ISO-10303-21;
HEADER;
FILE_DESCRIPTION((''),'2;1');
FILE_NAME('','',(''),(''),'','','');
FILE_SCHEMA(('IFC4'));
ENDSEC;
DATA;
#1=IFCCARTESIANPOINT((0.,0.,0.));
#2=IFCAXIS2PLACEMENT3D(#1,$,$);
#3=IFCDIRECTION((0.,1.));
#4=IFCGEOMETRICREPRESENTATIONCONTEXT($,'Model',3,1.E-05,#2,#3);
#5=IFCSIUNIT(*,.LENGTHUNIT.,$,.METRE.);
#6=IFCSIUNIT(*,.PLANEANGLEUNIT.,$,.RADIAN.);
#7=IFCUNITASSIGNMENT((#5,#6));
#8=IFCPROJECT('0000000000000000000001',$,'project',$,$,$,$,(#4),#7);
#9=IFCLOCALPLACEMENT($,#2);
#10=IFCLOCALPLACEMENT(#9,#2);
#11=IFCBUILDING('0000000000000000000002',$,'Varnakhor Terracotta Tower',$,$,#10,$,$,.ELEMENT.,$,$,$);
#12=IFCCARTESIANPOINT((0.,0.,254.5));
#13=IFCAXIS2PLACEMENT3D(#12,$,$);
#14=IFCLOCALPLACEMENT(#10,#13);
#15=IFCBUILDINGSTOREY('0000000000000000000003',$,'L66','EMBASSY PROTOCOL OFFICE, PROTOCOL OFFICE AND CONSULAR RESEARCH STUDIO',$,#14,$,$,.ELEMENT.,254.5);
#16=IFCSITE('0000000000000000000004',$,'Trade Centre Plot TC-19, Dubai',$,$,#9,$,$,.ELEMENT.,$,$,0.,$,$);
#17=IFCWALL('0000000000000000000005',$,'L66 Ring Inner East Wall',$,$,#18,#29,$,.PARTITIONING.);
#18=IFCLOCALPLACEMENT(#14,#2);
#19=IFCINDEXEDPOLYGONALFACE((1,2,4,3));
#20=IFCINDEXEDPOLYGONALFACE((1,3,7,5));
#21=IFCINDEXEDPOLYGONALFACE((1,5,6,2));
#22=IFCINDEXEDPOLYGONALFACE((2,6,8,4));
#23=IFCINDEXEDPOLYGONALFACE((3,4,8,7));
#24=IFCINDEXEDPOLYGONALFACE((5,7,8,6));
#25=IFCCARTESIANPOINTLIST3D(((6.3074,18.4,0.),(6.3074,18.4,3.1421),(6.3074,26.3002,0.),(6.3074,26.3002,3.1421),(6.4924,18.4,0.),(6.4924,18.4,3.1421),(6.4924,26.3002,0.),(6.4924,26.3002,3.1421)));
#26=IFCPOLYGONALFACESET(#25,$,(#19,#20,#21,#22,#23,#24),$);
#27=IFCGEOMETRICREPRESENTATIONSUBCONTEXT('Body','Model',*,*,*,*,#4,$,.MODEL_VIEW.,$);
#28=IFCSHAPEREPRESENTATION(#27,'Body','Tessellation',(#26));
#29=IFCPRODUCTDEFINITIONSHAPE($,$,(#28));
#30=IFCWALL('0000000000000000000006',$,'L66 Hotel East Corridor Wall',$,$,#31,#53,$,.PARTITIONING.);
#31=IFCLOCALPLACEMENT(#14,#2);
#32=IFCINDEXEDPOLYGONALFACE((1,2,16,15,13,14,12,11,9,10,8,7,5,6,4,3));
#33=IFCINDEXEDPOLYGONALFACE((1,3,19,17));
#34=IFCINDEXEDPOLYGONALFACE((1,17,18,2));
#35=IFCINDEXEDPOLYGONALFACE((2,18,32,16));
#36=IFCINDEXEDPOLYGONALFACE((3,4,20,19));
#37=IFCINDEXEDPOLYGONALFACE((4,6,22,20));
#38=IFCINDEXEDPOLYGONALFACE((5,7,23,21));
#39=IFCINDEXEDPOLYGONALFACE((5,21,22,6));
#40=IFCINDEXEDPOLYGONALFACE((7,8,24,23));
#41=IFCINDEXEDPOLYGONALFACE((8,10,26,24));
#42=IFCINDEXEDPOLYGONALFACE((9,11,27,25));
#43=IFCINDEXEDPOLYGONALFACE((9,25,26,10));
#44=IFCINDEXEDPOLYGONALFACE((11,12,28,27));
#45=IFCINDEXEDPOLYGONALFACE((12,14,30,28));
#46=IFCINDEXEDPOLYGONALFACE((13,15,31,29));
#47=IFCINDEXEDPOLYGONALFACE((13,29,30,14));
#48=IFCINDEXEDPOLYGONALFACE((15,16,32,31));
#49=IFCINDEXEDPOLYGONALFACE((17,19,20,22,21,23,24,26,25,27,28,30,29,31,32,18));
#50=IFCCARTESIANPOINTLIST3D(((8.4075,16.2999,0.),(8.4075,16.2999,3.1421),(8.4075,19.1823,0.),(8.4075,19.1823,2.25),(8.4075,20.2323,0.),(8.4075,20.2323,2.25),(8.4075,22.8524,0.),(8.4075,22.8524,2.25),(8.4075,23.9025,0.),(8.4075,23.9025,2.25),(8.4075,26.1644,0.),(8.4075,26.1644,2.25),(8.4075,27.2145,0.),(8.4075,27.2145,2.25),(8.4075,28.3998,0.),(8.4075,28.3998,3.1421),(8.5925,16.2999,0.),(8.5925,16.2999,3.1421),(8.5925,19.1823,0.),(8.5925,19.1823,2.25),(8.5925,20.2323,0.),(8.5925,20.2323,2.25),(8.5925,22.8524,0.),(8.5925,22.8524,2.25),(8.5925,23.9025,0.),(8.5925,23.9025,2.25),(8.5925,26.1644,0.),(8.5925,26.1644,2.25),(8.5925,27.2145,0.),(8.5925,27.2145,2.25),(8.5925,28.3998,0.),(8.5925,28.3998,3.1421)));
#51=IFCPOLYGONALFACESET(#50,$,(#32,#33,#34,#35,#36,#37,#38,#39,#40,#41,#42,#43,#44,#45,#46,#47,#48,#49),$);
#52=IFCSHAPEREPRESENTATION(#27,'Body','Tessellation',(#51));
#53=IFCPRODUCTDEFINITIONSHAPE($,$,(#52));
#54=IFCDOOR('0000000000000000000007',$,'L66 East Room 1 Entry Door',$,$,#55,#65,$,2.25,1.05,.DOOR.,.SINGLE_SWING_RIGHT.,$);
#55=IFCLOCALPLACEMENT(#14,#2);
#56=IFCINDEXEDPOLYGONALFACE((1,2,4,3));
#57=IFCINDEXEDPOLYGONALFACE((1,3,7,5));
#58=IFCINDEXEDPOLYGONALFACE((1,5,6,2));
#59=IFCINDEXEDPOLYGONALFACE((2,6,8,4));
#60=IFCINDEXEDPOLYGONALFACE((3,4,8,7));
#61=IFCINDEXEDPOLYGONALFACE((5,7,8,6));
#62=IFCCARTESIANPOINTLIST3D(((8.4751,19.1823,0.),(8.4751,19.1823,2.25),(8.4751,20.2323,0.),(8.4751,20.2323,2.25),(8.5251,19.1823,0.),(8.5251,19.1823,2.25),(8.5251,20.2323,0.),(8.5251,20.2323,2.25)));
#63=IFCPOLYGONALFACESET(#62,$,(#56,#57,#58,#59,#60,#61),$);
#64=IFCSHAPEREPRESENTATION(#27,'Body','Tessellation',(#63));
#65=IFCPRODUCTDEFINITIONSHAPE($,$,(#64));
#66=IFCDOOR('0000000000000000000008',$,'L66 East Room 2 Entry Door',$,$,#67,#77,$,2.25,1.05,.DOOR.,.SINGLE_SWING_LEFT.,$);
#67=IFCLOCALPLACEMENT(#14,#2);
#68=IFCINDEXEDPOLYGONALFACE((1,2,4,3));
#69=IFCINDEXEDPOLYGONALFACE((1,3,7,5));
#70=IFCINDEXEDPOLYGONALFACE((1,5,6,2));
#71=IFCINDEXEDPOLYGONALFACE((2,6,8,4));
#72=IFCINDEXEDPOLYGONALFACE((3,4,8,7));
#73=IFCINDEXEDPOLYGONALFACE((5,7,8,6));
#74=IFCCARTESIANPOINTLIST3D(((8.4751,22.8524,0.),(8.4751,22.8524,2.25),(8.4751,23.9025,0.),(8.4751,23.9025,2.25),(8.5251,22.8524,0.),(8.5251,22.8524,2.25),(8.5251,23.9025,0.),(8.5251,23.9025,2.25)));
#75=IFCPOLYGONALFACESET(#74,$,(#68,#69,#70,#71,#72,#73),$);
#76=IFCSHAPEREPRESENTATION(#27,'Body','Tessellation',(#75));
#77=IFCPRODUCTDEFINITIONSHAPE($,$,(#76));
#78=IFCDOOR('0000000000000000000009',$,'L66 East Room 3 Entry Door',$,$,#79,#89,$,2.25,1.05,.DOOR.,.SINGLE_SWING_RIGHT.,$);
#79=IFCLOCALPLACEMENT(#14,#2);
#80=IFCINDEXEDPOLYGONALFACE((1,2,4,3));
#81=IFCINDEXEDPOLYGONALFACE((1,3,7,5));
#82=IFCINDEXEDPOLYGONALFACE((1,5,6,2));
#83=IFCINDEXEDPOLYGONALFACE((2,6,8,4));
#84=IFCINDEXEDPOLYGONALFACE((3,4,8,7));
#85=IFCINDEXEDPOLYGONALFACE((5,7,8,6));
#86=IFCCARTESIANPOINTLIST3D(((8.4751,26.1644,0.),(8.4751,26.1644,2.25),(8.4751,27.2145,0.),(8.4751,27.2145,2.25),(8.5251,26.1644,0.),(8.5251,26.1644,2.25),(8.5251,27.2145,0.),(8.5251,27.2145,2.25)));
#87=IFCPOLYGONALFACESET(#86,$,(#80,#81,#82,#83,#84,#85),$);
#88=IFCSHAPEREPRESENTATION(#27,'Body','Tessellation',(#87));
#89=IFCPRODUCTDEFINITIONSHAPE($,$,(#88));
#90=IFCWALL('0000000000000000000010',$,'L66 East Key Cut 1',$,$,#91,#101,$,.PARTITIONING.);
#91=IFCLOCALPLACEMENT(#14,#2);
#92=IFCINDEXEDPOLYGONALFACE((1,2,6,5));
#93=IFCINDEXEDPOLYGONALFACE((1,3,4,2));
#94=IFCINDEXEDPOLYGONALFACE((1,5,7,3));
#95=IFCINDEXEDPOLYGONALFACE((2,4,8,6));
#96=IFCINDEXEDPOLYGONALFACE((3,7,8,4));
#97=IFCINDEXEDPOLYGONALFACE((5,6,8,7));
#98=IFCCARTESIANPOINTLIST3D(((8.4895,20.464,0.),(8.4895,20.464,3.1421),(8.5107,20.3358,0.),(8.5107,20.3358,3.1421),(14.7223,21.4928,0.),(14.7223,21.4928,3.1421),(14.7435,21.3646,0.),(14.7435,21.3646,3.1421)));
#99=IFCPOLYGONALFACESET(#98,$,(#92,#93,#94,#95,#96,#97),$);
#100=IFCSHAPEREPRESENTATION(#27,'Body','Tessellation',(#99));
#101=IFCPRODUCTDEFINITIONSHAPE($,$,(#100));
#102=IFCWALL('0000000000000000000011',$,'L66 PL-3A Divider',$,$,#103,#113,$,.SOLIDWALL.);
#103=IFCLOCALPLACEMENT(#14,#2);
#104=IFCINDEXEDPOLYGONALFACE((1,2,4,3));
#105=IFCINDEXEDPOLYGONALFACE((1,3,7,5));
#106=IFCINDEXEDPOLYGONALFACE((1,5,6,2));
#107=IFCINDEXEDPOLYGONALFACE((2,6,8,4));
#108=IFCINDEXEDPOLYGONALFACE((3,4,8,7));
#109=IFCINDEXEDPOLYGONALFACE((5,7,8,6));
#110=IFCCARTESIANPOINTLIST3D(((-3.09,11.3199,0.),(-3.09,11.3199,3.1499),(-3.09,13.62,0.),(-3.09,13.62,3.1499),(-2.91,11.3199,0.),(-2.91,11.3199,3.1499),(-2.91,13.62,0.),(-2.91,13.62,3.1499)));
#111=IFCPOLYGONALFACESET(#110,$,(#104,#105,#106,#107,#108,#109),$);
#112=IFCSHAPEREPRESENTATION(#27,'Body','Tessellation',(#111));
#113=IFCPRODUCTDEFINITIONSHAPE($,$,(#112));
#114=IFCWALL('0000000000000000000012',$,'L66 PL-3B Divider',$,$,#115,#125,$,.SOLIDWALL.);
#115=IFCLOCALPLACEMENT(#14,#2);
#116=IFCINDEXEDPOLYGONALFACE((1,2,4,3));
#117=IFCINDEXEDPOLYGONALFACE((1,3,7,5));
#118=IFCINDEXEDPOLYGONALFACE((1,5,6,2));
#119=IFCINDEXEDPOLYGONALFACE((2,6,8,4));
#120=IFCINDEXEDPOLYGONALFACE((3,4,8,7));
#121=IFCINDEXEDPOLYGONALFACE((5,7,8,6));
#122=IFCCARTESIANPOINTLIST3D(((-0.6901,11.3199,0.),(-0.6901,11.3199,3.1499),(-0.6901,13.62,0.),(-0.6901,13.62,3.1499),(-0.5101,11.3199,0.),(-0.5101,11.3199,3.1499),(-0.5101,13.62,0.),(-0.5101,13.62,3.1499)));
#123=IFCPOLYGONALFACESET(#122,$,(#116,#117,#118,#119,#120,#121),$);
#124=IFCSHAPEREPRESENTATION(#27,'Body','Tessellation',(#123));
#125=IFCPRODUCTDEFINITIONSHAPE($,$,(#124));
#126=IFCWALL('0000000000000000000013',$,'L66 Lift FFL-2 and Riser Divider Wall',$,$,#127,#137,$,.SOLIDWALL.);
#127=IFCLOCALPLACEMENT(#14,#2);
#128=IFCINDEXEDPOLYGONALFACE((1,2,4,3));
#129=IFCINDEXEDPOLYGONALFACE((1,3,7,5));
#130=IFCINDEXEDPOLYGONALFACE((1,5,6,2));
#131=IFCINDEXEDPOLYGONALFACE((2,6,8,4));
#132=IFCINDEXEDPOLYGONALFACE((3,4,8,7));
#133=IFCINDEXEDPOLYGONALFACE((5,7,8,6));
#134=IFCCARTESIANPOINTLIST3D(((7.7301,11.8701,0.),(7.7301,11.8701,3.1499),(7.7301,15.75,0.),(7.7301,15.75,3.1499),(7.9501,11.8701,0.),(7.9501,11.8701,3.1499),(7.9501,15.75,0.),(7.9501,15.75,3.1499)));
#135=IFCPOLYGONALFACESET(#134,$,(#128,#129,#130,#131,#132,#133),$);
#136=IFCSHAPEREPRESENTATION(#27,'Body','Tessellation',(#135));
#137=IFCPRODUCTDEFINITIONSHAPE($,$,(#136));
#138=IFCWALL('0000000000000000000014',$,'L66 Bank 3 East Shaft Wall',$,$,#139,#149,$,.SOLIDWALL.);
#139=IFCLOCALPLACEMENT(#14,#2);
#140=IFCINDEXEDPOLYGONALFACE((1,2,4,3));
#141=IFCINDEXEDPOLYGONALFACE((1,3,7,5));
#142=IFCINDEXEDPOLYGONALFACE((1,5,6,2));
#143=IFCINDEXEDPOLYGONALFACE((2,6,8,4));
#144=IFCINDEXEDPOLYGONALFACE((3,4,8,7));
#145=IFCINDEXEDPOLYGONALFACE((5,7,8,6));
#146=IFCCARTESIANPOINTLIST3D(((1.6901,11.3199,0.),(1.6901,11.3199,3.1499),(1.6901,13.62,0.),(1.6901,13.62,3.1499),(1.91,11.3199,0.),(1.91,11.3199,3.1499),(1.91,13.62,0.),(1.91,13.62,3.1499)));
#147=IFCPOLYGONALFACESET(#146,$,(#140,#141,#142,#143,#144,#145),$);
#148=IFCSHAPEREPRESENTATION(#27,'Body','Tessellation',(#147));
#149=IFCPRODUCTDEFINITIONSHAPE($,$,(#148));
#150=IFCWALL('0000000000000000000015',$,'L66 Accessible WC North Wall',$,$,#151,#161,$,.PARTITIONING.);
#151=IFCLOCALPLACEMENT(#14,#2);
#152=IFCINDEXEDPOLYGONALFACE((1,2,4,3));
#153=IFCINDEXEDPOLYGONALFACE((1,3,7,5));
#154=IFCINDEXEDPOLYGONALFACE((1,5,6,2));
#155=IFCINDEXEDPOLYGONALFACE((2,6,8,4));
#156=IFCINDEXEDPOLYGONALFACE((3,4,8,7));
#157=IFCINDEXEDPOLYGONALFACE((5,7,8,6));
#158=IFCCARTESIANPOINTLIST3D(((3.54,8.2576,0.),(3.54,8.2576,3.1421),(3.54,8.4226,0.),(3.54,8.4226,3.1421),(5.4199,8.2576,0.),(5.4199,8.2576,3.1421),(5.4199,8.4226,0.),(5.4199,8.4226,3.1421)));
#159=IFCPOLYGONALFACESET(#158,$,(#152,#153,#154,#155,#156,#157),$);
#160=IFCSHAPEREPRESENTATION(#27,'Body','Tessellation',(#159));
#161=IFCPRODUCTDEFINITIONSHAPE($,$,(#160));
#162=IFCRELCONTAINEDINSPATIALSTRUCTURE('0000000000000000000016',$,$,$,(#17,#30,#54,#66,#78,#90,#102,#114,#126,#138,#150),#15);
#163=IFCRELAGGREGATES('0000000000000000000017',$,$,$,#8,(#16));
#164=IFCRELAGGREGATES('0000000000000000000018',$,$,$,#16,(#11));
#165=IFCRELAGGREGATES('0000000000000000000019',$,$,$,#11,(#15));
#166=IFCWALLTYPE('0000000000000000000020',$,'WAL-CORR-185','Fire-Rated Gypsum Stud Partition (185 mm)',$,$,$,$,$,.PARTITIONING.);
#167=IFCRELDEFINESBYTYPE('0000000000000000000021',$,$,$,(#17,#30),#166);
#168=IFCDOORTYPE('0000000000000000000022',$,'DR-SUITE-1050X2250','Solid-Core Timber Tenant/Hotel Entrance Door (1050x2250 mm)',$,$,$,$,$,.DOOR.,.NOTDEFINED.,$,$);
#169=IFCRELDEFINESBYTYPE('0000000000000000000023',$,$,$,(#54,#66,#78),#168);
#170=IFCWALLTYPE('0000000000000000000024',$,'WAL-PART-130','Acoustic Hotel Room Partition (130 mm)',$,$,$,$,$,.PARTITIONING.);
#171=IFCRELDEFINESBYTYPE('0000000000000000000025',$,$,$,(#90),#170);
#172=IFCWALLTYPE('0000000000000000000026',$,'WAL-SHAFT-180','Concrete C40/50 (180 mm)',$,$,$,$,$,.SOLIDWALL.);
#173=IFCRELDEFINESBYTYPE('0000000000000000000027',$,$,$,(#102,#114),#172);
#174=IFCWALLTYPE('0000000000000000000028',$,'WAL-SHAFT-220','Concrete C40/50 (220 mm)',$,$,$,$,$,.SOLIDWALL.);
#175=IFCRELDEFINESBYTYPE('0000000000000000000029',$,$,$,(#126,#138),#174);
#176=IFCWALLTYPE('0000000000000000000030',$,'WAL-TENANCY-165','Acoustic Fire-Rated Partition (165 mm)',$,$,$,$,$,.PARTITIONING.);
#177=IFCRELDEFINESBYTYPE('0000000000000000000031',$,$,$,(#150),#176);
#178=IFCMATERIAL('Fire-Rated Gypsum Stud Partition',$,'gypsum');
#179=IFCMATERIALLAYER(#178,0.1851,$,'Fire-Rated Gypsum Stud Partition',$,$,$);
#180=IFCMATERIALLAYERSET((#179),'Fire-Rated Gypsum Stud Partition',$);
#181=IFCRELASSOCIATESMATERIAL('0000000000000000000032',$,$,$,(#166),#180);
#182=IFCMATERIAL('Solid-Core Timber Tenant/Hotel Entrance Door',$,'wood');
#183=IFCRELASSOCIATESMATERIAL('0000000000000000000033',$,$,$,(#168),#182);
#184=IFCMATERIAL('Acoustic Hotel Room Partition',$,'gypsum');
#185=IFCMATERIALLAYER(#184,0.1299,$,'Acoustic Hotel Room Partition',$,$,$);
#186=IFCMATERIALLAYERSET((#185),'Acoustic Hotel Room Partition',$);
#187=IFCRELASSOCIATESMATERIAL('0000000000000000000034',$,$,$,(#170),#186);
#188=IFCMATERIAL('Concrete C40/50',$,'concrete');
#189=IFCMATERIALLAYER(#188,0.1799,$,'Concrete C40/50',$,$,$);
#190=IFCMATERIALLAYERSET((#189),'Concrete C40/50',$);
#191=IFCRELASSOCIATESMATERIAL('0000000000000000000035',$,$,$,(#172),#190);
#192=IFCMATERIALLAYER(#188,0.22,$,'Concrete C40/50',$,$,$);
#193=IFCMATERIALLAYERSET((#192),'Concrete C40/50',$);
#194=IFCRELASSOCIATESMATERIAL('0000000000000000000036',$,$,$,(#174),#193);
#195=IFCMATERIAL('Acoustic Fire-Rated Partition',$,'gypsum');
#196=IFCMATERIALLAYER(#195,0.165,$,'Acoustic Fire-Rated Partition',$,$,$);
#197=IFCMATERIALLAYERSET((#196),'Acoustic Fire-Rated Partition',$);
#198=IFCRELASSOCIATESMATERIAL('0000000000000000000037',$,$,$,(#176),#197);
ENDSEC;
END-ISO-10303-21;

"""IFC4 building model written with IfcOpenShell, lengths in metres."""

from ifc_helpers import new_model, si_unit, direction, frame, frame_2d, origin, place, context, subcontext, project, spatial, rectangle, extrude, source, transform, mapped, material, layer, layer_set, type_object, type_shapes, element, fill, save


model = new_model("IFC4")

# Units and contexts
model_context = context("Model", 3, precision=1e-05, world=origin(), true_north=direction((0.0, 1.0)))
body_context = subcontext(model_context, "Body", "Model", "MODEL_VIEW")
ifc_project = project(units=[si_unit("LENGTHUNIT", "METRE"), si_unit("PLANEANGLEUNIT", "RADIAN")], contexts=[model_context])

# Site, building, storey
site_placement = place(None, origin())
site = spatial("IfcSite", under=ifc_project, at=site_placement, Name="Trade Centre Plot TC-19, Dubai", CompositionType="ELEMENT", RefElevation=0.0)
building_placement = place(site_placement, origin())
building = spatial("IfcBuilding", under=site, at=building_placement, Name="Varnakhor Terracotta Tower", CompositionType="ELEMENT")
storey_placement = place(building_placement, frame((0.0, 0.0, 254.5)))
storey = spatial("IfcBuildingStorey", under=building, at=storey_placement, Name="L66", Description="EMBASSY PROTOCOL OFFICE, PROTOCOL OFFICE AND CONSULAR RESEARCH STUDIO", CompositionType="ELEMENT", Elevation=254.5)

# Wall
ifc_material_1 = material(Name="Fire-Rated Gypsum Stud Partition", Category="gypsum")
ifc_layer_1 = layer(ifc_material_1, 0.1851, Name="Fire-Rated Gypsum Stud Partition")
ifc_layer_set_1 = layer_set([ifc_layer_1], Name="Fire-Rated Gypsum Stud Partition")
wall_type_1 = type_object("IfcWallType", Name="WAL-CORR-185", Description="Fire-Rated Gypsum Stud Partition (185 mm)", PredefinedType="PARTITIONING", material=ifc_layer_set_1)
wall_1_placement = place(storey_placement, frame((6.3999, 18.3999, 0.0), z_axis=(0.0, 0.0, 1.0), x_axis=(0.0, 1.0, 0.0)))
element("IfcWall", 1, at=wall_1_placement, inside=storey, type_object=wall_type_1, Name="L66 Ring Inner East Wall", PredefinedType="PARTITIONING", context=body_context, shape_type="SweptSolid", body=[
    extrude(rectangle(XDim=7.9001, YDim=0.1851, at=frame_2d((3.9502, 0.0))), origin(), (0.0, 0.0, 1.0), 3.1421),
])

# Wall, openings, doors
wall_2_placement = place(storey_placement, frame((8.5, 16.3, 0.0), z_axis=(0.0, 0.0, 1.0), x_axis=(0.0, 1.0, 0.0)))
wall_2 = element("IfcWall", 2, at=wall_2_placement, inside=storey, type_object=wall_type_1, Name="L66 Hotel East Corridor Wall", PredefinedType="PARTITIONING", context=body_context, shape_type="SweptSolid", body=[
    extrude(rectangle(XDim=12.0999, YDim=0.1851, at=frame_2d((6.0498, 0.0))), origin(), (0.0, 0.0, 1.0), 3.1421),
])
opening_1_placement = place(wall_2_placement, frame((2.8823, 0.0, 0.0)))
opening_1 = element("IfcOpeningElement", 3, at=opening_1_placement, cuts=wall_2, PredefinedType="OPENING", context=body_context, shape_type="SweptSolid", body=[
    extrude(rectangle(XDim=1.05, YDim=2.25, at=frame_2d((0.5249, 1.125))), frame((0.0, 0.1025, 0.0), z_axis=(0.0, -1.0, 0.0), x_axis=(1.0, 0.0, 0.0)), (0.0, 0.0, 1.0), 0.2051),
])
opening_2_placement = place(wall_2_placement, frame((6.5525, 0.0, 0.0)))
opening_2 = element("IfcOpeningElement", 4, at=opening_2_placement, cuts=wall_2, PredefinedType="OPENING", context=body_context, shape_type="SweptSolid", body=[
    extrude(rectangle(XDim=1.05, YDim=2.25, at=frame_2d((0.5249, 1.125))), frame((0.0, 0.1025, 0.0), z_axis=(0.0, -1.0, 0.0), x_axis=(1.0, 0.0, 0.0)), (0.0, 0.0, 1.0), 0.2051),
])
opening_3_placement = place(wall_2_placement, frame((9.8645, 0.0, 0.0)))
opening_3 = element("IfcOpeningElement", 5, at=opening_3_placement, cuts=wall_2, PredefinedType="OPENING", context=body_context, shape_type="SweptSolid", body=[
    extrude(rectangle(XDim=1.05, YDim=2.25, at=frame_2d((0.5249, 1.125))), frame((0.0, 0.1025, 0.0), z_axis=(0.0, -1.0, 0.0), x_axis=(1.0, 0.0, 0.0)), (0.0, 0.0, 1.0), 0.2051),
])
ifc_material_2 = material(Name="Solid-Core Timber Tenant/Hotel Entrance Door", Category="wood")
door_type_1 = type_object("IfcDoorType", Name="DR-SUITE-1050X2250", Description="Solid-Core Timber Tenant/Hotel Entrance Door (1050x2250 mm)", OperationType="NOTDEFINED", PredefinedType="DOOR", material=ifc_material_2)
shared_shape_1 = source(origin(), body_context, "Body", "SweptSolid", [
    extrude(rectangle(XDim=1.05, YDim=2.25, at=frame_2d((0.5249, 1.125))), frame((0.0, 0.0249, 0.0), z_axis=(0.0, -1.0, 0.0), x_axis=(1.0, 0.0, 0.0)), (0.0, 0.0, 1.0), 0.05),
])
type_shapes(door_type_1, [shared_shape_1])
door_1_placement = place(opening_1_placement, origin())
door_1 = element("IfcDoor", 6, at=door_1_placement, inside=storey, type_object=door_type_1, Name="L66 East Room 1 Entry Door", OperationType="SINGLE_SWING_RIGHT", OverallHeight=2.25, OverallWidth=1.05, PredefinedType="DOOR", context=body_context, shape_type="MappedRepresentation", body=[
    mapped(shared_shape_1, transform((0.0, 0.0, 0.0), scale=1.0)),
])
fill(opening_1, door_1)
door_2_placement = place(opening_2_placement, origin())
door_2 = element("IfcDoor", 7, at=door_2_placement, inside=storey, type_object=door_type_1, Name="L66 East Room 2 Entry Door", OperationType="SINGLE_SWING_LEFT", OverallHeight=2.25, OverallWidth=1.05, PredefinedType="DOOR", context=body_context, shape_type="MappedRepresentation", body=[
    mapped(shared_shape_1, transform((0.0, 0.0, 0.0), scale=1.0)),
])
fill(opening_2, door_2)
door_3_placement = place(opening_3_placement, origin())
door_3 = element("IfcDoor", 8, at=door_3_placement, inside=storey, type_object=door_type_1, Name="L66 East Room 3 Entry Door", OperationType="SINGLE_SWING_RIGHT", OverallHeight=2.25, OverallWidth=1.05, PredefinedType="DOOR", context=body_context, shape_type="MappedRepresentation", body=[
    mapped(shared_shape_1, transform((0.0, 0.0, 0.0), scale=1.0)),
])
fill(opening_3, door_3)

# Walls
ifc_material_3 = material(Name="Acoustic Hotel Room Partition", Category="gypsum")
ifc_layer_2 = layer(ifc_material_3, 0.1299, Name="Acoustic Hotel Room Partition")
ifc_layer_set_2 = layer_set([ifc_layer_2], Name="Acoustic Hotel Room Partition")
wall_type_2 = type_object("IfcWallType", Name="WAL-PART-130", Description="Acoustic Hotel Room Partition (130 mm)", PredefinedType="PARTITIONING", material=ifc_layer_set_2)
wall_3_placement = place(storey_placement, frame((8.5, 20.3999, 0.0), z_axis=(0.0, 0.0, 1.0), x_axis=(0.98665, 0.162857, 0.0)))
element("IfcWall", 9, at=wall_3_placement, inside=storey, type_object=wall_type_2, Name="L66 East Key Cut 1", PredefinedType="PARTITIONING", context=body_context, shape_type="SweptSolid", body=[
    extrude(rectangle(XDim=6.3171, YDim=0.1299, at=frame_2d((3.1587, 0.0))), origin(), (0.0, 0.0, 1.0), 3.1421),
])
ifc_material_4 = material(Name="Concrete C40/50", Category="concrete")
ifc_layer_3 = layer(ifc_material_4, 0.1799, Name="Concrete C40/50")
ifc_layer_set_3 = layer_set([ifc_layer_3], Name="Concrete C40/50")
wall_type_3 = type_object("IfcWallType", Name="WAL-SHAFT-180", Description="Concrete C40/50 (180 mm)", PredefinedType="SOLIDWALL", material=ifc_layer_set_3)
for number, where, z_axis, x_axis, name in (
    (10, (-3.0, 11.3201, 0.0), (0.0, 0.0, 1.0), (0.0, 1.0, 0.0), "L66 PL-3A Divider"),
    (11, (-0.6001, 11.3201, 0.0), (0.0, 0.0, 1.0), (0.0, 1.0, 0.0), "L66 PL-3B Divider"),
):
    element("IfcWall", number, at=place(storey_placement, frame(where, z_axis=z_axis, x_axis=x_axis)), inside=storey, type_object=wall_type_3, Name=name, PredefinedType="SOLIDWALL", context=body_context, shape_type="SweptSolid", body=[
        extrude(rectangle(XDim=2.3, YDim=0.1799, at=frame_2d((1.1499, 0.0))), origin(), (0.0, 0.0, 1.0), 3.1499),
    ])
ifc_layer_4 = layer(ifc_material_4, 0.22, Name="Concrete C40/50")
ifc_layer_set_4 = layer_set([ifc_layer_4], Name="Concrete C40/50")
wall_type_4 = type_object("IfcWallType", Name="WAL-SHAFT-220", Description="Concrete C40/50 (220 mm)", PredefinedType="SOLIDWALL", material=ifc_layer_set_4)
wall_4_placement = place(storey_placement, frame((7.8401, 11.8701, 0.0), z_axis=(0.0, 0.0, 1.0), x_axis=(0.0, 1.0, 0.0)))
element("IfcWall", 12, at=wall_4_placement, inside=storey, type_object=wall_type_4, Name="L66 Lift FFL-2 and Riser Divider Wall", PredefinedType="SOLIDWALL", context=body_context, shape_type="SweptSolid", body=[
    extrude(rectangle(XDim=3.8799, YDim=0.22, at=frame_2d((1.9399, 0.0))), origin(), (0.0, 0.0, 1.0), 3.1499),
])
wall_5_placement = place(storey_placement, frame((1.8, 11.3201, 0.0), z_axis=(0.0, 0.0, 1.0), x_axis=(0.0, 1.0, 0.0)))
element("IfcWall", 13, at=wall_5_placement, inside=storey, type_object=wall_type_4, Name="L66 Bank 3 East Shaft Wall", PredefinedType="SOLIDWALL", context=body_context, shape_type="SweptSolid", body=[
    extrude(rectangle(XDim=2.3, YDim=0.22, at=frame_2d((1.1499, 0.0))), origin(), (0.0, 0.0, 1.0), 3.1499),
])
ifc_material_5 = material(Name="Acoustic Fire-Rated Partition", Category="gypsum")
ifc_layer_5 = layer(ifc_material_5, 0.165, Name="Acoustic Fire-Rated Partition")
ifc_layer_set_5 = layer_set([ifc_layer_5], Name="Acoustic Fire-Rated Partition")
wall_type_5 = type_object("IfcWallType", Name="WAL-TENANCY-165", Description="Acoustic Fire-Rated Partition (165 mm)", PredefinedType="PARTITIONING", material=ifc_layer_set_5)
wall_6_placement = place(storey_placement, frame((3.54, 8.3401, 0.0), z_axis=(0.0, 0.0, 1.0), x_axis=(1.0, 0.0, 0.0)))
element("IfcWall", 14, at=wall_6_placement, inside=storey, type_object=wall_type_5, Name="L66 Accessible WC North Wall", PredefinedType="PARTITIONING", context=body_context, shape_type="SweptSolid", body=[
    extrude(rectangle(XDim=1.8799, YDim=0.165, at=frame_2d((0.9399, 0.0))), origin(), (0.0, 0.0, 1.0), 3.1421),
])

save(model, "model.ifc")
